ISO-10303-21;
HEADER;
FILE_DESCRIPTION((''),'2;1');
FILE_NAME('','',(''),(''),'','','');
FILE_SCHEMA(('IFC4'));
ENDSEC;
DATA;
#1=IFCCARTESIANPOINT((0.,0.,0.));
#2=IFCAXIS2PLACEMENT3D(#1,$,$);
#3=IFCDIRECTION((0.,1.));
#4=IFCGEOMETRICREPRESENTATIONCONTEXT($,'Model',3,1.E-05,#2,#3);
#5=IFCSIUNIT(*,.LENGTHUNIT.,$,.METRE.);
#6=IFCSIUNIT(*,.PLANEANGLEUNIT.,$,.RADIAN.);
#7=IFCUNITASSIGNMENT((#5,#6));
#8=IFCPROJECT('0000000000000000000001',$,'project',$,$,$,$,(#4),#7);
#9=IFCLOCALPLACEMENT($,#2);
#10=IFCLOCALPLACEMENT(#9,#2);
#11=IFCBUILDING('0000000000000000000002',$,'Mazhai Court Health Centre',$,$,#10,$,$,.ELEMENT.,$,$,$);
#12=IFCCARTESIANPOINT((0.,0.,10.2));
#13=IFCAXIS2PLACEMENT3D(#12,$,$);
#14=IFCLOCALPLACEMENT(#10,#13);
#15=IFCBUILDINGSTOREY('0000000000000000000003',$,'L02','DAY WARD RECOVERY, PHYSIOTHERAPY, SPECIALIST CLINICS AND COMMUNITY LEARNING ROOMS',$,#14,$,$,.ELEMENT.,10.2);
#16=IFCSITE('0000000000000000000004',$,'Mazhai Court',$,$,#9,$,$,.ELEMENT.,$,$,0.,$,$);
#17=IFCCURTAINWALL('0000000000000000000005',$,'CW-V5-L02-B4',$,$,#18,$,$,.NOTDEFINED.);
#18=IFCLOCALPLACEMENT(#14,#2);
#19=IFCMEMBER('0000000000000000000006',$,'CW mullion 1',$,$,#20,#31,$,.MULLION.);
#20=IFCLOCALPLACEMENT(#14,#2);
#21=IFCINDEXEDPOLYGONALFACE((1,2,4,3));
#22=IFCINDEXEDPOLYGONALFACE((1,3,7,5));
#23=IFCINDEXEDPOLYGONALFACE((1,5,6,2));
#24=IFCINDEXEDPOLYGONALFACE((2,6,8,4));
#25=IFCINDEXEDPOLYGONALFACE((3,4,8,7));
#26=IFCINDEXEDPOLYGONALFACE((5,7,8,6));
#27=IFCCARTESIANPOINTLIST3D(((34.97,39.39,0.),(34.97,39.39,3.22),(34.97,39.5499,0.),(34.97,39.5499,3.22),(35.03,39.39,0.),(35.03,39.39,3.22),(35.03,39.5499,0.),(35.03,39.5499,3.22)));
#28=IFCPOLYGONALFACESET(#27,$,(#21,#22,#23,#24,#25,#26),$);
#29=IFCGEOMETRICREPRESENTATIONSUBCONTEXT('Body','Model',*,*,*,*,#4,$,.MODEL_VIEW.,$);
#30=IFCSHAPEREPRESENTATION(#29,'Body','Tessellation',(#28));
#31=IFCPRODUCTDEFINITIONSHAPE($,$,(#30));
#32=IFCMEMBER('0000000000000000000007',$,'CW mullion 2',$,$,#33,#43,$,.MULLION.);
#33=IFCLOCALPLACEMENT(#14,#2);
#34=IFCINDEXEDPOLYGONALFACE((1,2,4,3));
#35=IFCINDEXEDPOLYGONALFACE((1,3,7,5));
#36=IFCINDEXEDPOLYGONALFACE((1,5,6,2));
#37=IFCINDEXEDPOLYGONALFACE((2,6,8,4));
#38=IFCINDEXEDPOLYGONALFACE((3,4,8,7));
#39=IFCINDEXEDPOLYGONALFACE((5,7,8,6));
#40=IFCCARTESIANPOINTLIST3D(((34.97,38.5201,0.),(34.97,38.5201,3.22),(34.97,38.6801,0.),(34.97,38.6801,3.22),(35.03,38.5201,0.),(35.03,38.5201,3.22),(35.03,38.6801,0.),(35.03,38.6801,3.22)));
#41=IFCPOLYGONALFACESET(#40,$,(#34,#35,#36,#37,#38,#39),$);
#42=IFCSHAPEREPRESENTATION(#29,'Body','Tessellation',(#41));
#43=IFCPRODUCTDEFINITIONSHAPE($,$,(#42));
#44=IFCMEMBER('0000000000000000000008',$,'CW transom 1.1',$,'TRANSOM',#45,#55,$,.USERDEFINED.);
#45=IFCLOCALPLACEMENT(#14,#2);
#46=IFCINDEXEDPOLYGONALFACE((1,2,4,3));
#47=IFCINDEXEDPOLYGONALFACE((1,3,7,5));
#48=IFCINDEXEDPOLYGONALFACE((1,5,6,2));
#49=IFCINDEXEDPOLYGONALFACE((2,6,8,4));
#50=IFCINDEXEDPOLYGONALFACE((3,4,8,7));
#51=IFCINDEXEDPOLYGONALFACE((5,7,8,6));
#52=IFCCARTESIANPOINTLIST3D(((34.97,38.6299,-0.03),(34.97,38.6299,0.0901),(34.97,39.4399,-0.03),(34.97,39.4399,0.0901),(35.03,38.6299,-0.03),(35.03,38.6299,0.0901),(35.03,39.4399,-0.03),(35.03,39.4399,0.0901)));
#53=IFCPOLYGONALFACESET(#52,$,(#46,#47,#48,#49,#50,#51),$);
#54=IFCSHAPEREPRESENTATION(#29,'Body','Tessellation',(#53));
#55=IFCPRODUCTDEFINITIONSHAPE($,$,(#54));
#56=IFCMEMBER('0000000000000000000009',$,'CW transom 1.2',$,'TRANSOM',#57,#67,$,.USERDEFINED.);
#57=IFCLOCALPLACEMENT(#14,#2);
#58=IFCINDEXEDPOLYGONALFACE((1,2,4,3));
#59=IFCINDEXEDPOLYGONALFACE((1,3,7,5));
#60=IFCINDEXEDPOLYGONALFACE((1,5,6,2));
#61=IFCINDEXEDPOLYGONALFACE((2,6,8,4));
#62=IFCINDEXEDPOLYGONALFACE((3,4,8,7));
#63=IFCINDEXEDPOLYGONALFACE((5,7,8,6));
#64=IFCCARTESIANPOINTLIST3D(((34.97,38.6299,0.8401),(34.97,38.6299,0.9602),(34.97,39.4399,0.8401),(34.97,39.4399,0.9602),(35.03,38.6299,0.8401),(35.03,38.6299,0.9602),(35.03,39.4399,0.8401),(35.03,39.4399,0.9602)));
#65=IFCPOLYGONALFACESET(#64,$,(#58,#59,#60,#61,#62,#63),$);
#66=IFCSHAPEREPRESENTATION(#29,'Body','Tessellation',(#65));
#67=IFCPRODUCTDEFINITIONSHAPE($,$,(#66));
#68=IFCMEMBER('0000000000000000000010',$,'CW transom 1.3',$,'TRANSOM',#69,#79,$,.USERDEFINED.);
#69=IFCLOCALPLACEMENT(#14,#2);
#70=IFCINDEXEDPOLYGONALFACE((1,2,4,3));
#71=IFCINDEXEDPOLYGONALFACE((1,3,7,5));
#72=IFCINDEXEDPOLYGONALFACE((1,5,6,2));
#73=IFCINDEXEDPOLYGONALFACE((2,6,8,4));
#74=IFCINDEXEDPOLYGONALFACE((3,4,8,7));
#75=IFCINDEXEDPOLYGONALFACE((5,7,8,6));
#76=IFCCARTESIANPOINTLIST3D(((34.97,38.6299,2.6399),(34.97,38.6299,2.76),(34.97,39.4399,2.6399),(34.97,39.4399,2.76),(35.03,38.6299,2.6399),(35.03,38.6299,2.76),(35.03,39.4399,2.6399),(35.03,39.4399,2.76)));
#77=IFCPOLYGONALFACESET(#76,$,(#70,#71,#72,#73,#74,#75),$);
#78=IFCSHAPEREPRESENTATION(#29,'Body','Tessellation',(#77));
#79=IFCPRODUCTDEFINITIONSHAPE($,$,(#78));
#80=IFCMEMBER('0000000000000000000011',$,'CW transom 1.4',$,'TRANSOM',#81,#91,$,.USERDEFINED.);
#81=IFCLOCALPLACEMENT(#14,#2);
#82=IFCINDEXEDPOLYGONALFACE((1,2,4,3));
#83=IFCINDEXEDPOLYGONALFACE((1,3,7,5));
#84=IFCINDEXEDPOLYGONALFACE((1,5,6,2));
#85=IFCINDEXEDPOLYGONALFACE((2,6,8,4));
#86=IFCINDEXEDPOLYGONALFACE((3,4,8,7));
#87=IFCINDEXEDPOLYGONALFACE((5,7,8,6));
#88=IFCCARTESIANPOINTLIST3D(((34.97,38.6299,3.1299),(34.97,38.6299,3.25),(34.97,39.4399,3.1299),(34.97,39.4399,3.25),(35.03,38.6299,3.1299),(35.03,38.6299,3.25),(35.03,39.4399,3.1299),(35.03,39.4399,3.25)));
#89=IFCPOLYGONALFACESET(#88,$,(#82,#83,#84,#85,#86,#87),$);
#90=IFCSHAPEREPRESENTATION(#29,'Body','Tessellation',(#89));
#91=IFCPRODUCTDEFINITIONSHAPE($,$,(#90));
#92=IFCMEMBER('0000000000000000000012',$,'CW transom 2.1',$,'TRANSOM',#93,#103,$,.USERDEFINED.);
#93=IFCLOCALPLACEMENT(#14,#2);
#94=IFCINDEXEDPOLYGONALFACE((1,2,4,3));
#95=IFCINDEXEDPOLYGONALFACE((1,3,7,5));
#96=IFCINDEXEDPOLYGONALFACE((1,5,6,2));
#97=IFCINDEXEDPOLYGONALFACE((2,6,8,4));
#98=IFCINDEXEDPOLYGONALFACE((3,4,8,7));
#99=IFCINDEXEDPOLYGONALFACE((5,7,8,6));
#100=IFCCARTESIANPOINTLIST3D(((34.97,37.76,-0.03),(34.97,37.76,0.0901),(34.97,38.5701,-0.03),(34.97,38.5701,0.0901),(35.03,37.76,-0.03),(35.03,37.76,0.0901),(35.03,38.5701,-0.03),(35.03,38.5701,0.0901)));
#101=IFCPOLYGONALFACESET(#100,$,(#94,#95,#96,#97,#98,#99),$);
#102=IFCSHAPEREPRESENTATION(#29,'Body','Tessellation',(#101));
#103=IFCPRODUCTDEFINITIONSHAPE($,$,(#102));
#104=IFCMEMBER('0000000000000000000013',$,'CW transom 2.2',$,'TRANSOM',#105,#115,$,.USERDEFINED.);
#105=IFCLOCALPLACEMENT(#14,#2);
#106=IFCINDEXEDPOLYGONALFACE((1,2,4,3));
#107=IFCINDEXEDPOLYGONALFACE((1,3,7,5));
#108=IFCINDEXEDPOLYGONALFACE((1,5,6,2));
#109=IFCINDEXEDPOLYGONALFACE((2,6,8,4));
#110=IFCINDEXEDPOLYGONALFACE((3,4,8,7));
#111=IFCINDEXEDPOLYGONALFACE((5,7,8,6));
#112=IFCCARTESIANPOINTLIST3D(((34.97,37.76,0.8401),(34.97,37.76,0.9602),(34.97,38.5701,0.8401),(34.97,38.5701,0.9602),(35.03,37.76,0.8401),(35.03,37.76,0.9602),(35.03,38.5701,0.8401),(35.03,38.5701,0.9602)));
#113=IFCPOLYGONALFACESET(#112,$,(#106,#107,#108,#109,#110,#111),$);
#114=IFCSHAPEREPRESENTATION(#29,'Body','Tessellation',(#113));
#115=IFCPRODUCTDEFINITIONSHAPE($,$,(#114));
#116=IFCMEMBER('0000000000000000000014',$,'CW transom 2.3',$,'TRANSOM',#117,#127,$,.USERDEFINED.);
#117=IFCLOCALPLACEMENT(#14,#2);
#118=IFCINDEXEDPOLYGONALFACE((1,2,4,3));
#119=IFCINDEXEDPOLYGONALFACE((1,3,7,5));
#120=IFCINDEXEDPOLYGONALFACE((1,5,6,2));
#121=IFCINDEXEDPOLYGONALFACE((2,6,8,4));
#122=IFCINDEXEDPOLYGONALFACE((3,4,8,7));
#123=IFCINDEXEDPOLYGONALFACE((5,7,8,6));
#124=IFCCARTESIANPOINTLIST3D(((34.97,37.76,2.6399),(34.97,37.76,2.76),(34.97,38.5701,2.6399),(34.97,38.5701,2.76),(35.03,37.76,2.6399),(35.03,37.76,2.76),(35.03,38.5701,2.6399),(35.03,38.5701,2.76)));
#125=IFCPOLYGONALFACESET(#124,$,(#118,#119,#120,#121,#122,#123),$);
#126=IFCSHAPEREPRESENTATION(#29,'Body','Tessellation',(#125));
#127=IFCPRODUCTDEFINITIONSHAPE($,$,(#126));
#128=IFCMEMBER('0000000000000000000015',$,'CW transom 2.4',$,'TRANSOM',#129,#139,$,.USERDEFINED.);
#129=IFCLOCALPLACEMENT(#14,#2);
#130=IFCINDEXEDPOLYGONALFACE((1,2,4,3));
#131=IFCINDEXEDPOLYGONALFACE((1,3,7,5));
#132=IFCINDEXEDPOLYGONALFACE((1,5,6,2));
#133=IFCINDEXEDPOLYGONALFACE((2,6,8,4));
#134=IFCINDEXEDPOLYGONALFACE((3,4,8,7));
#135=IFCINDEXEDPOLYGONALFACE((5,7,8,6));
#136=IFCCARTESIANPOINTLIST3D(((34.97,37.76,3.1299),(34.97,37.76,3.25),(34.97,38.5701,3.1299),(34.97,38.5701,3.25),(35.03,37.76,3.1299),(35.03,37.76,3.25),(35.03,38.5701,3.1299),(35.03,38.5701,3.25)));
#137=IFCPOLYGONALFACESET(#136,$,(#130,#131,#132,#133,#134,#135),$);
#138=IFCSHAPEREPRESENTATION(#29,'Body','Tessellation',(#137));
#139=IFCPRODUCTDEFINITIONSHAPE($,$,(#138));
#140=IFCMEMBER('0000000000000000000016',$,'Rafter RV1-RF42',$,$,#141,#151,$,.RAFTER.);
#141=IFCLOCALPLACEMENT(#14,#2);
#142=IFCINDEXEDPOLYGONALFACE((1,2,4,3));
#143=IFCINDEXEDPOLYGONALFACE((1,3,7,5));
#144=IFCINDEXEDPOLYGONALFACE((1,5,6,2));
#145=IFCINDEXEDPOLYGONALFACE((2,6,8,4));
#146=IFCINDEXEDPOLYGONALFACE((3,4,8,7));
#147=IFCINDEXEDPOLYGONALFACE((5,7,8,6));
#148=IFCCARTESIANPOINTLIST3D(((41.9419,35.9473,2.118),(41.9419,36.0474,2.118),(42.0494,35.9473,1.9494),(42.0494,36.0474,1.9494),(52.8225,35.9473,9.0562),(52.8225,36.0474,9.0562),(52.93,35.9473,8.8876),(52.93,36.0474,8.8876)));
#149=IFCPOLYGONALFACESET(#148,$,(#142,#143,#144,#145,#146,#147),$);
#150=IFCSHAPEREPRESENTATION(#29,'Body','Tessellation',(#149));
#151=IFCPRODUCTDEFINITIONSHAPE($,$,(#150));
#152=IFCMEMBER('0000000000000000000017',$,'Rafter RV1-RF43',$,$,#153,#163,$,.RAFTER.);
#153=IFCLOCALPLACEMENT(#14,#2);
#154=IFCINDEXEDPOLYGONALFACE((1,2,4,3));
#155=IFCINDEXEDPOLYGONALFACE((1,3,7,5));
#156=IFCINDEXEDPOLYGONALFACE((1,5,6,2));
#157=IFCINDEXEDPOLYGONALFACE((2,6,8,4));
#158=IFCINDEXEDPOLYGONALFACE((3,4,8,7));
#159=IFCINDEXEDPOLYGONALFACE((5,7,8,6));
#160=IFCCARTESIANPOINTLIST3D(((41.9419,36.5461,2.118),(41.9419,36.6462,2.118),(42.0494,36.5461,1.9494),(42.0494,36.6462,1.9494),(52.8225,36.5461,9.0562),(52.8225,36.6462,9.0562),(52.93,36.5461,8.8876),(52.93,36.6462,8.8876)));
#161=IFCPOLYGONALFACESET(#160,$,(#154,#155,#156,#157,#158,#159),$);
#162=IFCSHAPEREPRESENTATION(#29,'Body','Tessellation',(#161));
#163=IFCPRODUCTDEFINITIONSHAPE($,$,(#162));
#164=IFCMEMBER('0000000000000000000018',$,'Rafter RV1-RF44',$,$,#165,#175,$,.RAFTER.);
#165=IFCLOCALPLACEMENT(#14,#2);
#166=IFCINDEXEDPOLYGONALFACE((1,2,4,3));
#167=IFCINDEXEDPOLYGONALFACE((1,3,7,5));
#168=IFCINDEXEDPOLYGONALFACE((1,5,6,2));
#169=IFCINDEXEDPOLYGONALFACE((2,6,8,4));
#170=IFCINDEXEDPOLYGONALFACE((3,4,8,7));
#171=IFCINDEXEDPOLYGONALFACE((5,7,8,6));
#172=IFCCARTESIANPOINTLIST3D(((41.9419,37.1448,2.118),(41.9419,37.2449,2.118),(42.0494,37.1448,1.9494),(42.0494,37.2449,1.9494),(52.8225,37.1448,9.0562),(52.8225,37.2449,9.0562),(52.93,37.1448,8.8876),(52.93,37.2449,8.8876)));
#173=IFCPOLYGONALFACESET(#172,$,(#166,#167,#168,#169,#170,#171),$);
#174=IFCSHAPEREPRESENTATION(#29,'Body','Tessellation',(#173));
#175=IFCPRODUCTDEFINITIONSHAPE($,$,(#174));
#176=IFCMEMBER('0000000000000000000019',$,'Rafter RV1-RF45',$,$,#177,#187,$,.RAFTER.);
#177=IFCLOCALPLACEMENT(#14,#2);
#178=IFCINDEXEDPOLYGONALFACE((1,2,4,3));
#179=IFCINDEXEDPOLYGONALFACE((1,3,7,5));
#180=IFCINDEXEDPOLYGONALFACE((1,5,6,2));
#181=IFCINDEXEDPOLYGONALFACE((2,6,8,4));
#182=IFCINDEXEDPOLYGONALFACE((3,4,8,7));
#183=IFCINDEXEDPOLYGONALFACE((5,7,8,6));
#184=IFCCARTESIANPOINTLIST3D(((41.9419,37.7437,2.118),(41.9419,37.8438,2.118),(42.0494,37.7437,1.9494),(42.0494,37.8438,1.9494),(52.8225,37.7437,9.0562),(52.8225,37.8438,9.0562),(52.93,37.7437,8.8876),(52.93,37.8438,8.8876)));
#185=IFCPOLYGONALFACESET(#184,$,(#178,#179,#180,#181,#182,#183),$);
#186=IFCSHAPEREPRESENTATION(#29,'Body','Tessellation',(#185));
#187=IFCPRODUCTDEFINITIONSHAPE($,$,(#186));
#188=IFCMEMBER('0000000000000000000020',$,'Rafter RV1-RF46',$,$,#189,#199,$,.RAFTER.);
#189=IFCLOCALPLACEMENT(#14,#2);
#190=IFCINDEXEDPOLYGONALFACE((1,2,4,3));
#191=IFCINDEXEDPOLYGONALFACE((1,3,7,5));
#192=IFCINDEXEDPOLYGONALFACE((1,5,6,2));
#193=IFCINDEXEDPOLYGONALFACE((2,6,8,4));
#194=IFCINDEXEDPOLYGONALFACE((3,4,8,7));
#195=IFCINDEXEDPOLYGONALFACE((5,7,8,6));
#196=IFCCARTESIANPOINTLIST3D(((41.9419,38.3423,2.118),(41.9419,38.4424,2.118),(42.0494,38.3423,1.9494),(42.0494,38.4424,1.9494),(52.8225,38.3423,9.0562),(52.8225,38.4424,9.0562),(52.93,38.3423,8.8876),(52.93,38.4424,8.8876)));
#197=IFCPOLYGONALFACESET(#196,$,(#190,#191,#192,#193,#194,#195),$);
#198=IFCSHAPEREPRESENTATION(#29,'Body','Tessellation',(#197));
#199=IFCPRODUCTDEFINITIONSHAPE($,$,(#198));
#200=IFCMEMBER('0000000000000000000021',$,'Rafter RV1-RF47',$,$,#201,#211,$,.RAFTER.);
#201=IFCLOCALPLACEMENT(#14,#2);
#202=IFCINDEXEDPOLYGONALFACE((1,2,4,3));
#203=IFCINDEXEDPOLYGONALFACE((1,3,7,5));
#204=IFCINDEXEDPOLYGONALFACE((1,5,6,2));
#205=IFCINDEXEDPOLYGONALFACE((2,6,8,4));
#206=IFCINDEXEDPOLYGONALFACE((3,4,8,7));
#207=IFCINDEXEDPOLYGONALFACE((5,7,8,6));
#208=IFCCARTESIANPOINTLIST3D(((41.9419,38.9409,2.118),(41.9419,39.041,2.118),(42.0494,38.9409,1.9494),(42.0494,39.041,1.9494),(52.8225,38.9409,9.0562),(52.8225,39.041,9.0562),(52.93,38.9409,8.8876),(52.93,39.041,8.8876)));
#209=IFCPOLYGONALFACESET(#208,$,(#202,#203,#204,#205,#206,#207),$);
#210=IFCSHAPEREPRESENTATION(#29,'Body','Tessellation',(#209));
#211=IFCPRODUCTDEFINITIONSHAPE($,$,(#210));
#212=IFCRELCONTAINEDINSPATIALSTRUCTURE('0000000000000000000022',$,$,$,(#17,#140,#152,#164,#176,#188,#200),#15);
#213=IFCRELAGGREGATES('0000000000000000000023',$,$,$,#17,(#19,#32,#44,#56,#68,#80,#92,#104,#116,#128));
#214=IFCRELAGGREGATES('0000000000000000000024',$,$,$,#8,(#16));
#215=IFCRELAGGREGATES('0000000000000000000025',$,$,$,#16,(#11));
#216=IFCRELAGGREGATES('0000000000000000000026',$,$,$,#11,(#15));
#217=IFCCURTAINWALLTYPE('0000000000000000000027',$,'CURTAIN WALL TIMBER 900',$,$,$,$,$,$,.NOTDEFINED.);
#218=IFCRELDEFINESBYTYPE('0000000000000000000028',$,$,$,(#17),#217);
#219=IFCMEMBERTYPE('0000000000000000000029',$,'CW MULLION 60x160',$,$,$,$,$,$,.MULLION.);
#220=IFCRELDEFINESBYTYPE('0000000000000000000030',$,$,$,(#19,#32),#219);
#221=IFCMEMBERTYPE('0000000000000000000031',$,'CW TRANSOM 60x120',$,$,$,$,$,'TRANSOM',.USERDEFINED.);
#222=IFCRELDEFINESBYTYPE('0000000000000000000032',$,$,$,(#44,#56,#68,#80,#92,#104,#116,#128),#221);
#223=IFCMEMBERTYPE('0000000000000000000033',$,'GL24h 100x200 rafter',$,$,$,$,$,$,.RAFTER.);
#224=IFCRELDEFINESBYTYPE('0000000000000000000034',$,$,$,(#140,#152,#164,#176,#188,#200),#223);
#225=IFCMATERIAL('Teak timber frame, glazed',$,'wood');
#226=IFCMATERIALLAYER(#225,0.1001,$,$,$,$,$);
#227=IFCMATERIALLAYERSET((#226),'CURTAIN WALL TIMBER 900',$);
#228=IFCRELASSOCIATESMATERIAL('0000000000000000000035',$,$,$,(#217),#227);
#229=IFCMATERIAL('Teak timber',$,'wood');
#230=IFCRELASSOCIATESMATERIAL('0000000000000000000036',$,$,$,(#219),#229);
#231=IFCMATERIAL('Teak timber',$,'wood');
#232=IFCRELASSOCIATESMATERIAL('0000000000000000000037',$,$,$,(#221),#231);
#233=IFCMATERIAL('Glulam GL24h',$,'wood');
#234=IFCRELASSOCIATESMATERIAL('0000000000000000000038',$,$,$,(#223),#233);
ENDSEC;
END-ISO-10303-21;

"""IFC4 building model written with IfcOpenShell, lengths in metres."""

from ifc_helpers import new_model, si_unit, direction, frame, origin, origin_2d, place, context, subcontext, project, spatial, rectangle, extrude, material, layer, layer_set, material_profile, profile_set, type_object, element, aggregate, save


model = new_model("IFC4")

# Units and contexts
model_context = context("Model", 3, precision=1e-05, world=origin(), true_north=direction((0.0, 1.0)))
body_context = subcontext(model_context, "Body", "Model", "MODEL_VIEW")
ifc_project = project(units=[si_unit("LENGTHUNIT", "METRE"), si_unit("PLANEANGLEUNIT", "RADIAN")], contexts=[model_context])

# Site, building, storey
site_placement = place(None, origin())
site = spatial("IfcSite", under=ifc_project, at=site_placement, Name="Mazhai Court", CompositionType="ELEMENT", RefElevation=0.0)
building_placement = place(site_placement, origin())
building = spatial("IfcBuilding", under=site, at=building_placement, Name="Mazhai Court Health Centre", CompositionType="ELEMENT")
storey_placement = place(building_placement, frame((0.0, 0.0, 10.2)))
storey = spatial("IfcBuildingStorey", under=building, at=storey_placement, Name="L02", Description="DAY WARD RECOVERY, PHYSIOTHERAPY, SPECIALIST CLINICS AND COMMUNITY LEARNING ROOMS", CompositionType="ELEMENT", Elevation=10.2)

# Curtain wall, members
ifc_material_1 = material(Name="Teak timber frame, glazed", Category="wood")
ifc_layer_1 = layer(ifc_material_1, 0.1001)
ifc_layer_set_1 = layer_set([ifc_layer_1], Name="CURTAIN WALL TIMBER 900")
curtain_wall_type = type_object("IfcCurtainWallType", Name="CURTAIN WALL TIMBER 900", PredefinedType="NOTDEFINED", material=ifc_layer_set_1)
curtain_wall_placement = place(storey_placement, origin())
curtain_wall = element("IfcCurtainWall", 1, at=curtain_wall_placement, inside=storey, type_object=curtain_wall_type, Name="CW-V5-L02-B4", PredefinedType="NOTDEFINED")
ifc_material_2 = material(Name="Teak timber", Category="wood")
ifc_material_profile_1 = material_profile(ifc_material_2, rectangle(XDim=0.0601, YDim=0.1599, at=origin_2d()), Name="CW MULLION 60x160")
ifc_profile_set_1 = profile_set([ifc_material_profile_1], Name="Teak timber")
member_type_1 = type_object("IfcMemberType", Name="CW MULLION 60x160", PredefinedType="MULLION", material=ifc_profile_set_1)
member_1_placement = place(storey_placement, frame((35.0, 39.47, 0.0), z_axis=(0.0, 0.0, 1.0), x_axis=(1.0, 0.0, 0.0)))
member_1 = element("IfcMember", 2, at=member_1_placement, type_object=member_type_1, Name="CW mullion 1", PredefinedType="MULLION", context=body_context, shape_type="SweptSolid", body=[
    extrude(rectangle(XDim=0.0601, YDim=0.1599, at=origin_2d()), origin(), (0.0, 0.0, 1.0), 3.22),
])
member_2_placement = place(storey_placement, frame((35.0, 38.6001, 0.0), z_axis=(0.0, 0.0, 1.0), x_axis=(1.0, 0.0, 0.0)))
member_2 = element("IfcMember", 3, at=member_2_placement, type_object=member_type_1, Name="CW mullion 2", PredefinedType="MULLION", context=body_context, shape_type="SweptSolid", body=[
    extrude(rectangle(XDim=0.0601, YDim=0.1599, at=origin_2d()), origin(), (0.0, 0.0, 1.0), 3.22),
])
ifc_material_3 = material(Name="Teak timber", Category="wood")
ifc_material_profile_2 = material_profile(ifc_material_3, rectangle(XDim=0.0601, YDim=0.1201, at=origin_2d()), Name="CW TRANSOM 60x120")
ifc_profile_set_2 = profile_set([ifc_material_profile_2], Name="Teak timber")
member_type_2 = type_object("IfcMemberType", Name="CW TRANSOM 60x120", ElementType="TRANSOM", PredefinedType="USERDEFINED", material=ifc_profile_set_2)
member_3_placement = place(storey_placement, frame((35.0, 39.4399, 0.03), z_axis=(0.0, -1.0, 0.0), x_axis=(1.0, 0.0, 0.0)))
member_3 = element("IfcMember", 4, at=member_3_placement, type_object=member_type_2, Name="CW transom 1.1", ObjectType="TRANSOM", PredefinedType="USERDEFINED", context=body_context, shape_type="SweptSolid", body=[
    extrude(rectangle(XDim=0.0601, YDim=0.1201, at=origin_2d()), origin(), (0.0, 0.0, 1.0), 0.8101),
])
member_4_placement = place(storey_placement, frame((35.0, 39.4399, 0.9001), z_axis=(0.0, -1.0, 0.0), x_axis=(1.0, 0.0, 0.0)))
member_4 = element("IfcMember", 5, at=member_4_placement, type_object=member_type_2, Name="CW transom 1.2", ObjectType="TRANSOM", PredefinedType="USERDEFINED", context=body_context, shape_type="SweptSolid", body=[
    extrude(rectangle(XDim=0.0601, YDim=0.1201, at=origin_2d()), origin(), (0.0, 0.0, 1.0), 0.8101),
])
member_5_placement = place(storey_placement, frame((35.0, 39.4399, 2.7), z_axis=(0.0, -1.0, 0.0), x_axis=(1.0, 0.0, 0.0)))
member_5 = element("IfcMember", 6, at=member_5_placement, type_object=member_type_2, Name="CW transom 1.3", ObjectType="TRANSOM", PredefinedType="USERDEFINED", context=body_context, shape_type="SweptSolid", body=[
    extrude(rectangle(XDim=0.0601, YDim=0.1201, at=origin_2d()), origin(), (0.0, 0.0, 1.0), 0.8101),
])
member_6_placement = place(storey_placement, frame((35.0, 39.4399, 3.1899), z_axis=(0.0, -1.0, 0.0), x_axis=(1.0, 0.0, 0.0)))
member_6 = element("IfcMember", 7, at=member_6_placement, type_object=member_type_2, Name="CW transom 1.4", ObjectType="TRANSOM", PredefinedType="USERDEFINED", context=body_context, shape_type="SweptSolid", body=[
    extrude(rectangle(XDim=0.0601, YDim=0.1201, at=origin_2d()), origin(), (0.0, 0.0, 1.0), 0.8101),
])
member_7_placement = place(storey_placement, frame((35.0, 38.5701, 0.03), z_axis=(0.0, -1.0, 0.0), x_axis=(1.0, 0.0, 0.0)))
member_7 = element("IfcMember", 8, at=member_7_placement, type_object=member_type_2, Name="CW transom 2.1", ObjectType="TRANSOM", PredefinedType="USERDEFINED", context=body_context, shape_type="SweptSolid", body=[
    extrude(rectangle(XDim=0.0601, YDim=0.1201, at=origin_2d()), origin(), (0.0, 0.0, 1.0), 0.8101),
])
member_8_placement = place(storey_placement, frame((35.0, 38.5701, 0.9001), z_axis=(0.0, -1.0, 0.0), x_axis=(1.0, 0.0, 0.0)))
member_8 = element("IfcMember", 9, at=member_8_placement, type_object=member_type_2, Name="CW transom 2.2", ObjectType="TRANSOM", PredefinedType="USERDEFINED", context=body_context, shape_type="SweptSolid", body=[
    extrude(rectangle(XDim=0.0601, YDim=0.1201, at=origin_2d()), origin(), (0.0, 0.0, 1.0), 0.8101),
])
member_9_placement = place(storey_placement, frame((35.0, 38.5701, 2.7), z_axis=(0.0, -1.0, 0.0), x_axis=(1.0, 0.0, 0.0)))
member_9 = element("IfcMember", 10, at=member_9_placement, type_object=member_type_2, Name="CW transom 2.3", ObjectType="TRANSOM", PredefinedType="USERDEFINED", context=body_context, shape_type="SweptSolid", body=[
    extrude(rectangle(XDim=0.0601, YDim=0.1201, at=origin_2d()), origin(), (0.0, 0.0, 1.0), 0.8101),
])
member_10_placement = place(storey_placement, frame((35.0, 38.5701, 3.1899), z_axis=(0.0, -1.0, 0.0), x_axis=(1.0, 0.0, 0.0)))
member_10 = element("IfcMember", 11, at=member_10_placement, type_object=member_type_2, Name="CW transom 2.4", ObjectType="TRANSOM", PredefinedType="USERDEFINED", context=body_context, shape_type="SweptSolid", body=[
    extrude(rectangle(XDim=0.0601, YDim=0.1201, at=origin_2d()), origin(), (0.0, 0.0, 1.0), 0.8101),
])

# Members
ifc_material_4 = material(Name="Glulam GL24h", Category="wood")
ifc_material_profile_3 = material_profile(ifc_material_4, rectangle(XDim=0.1001, YDim=0.2, at=origin_2d()), Name="GL24h 100x200")
ifc_profile_set_3 = profile_set([ifc_material_profile_3], Name="Glulam GL24h")
member_type_3 = type_object("IfcMemberType", Name="GL24h 100x200 rafter", PredefinedType="RAFTER", material=ifc_profile_set_3)
for number, where, z_axis, x_axis, name in (
    (12, (41.9956, 35.9973, 2.0337), (0.843163, 0.0, 0.537659), (0.0, 1.0, 0.0), "Rafter RV1-RF42"),
    (13, (41.9956, 36.5962, 2.0337), (0.843163, 0.0, 0.537659), (0.0, 1.0, 0.0), "Rafter RV1-RF43"),
    (14, (41.9956, 37.1948, 2.0337), (0.843163, 0.0, 0.537659), (0.0, 1.0, 0.0), "Rafter RV1-RF44"),
    (15, (41.9956, 37.7937, 2.0337), (0.843163, 0.0, 0.537659), (0.0, 1.0, 0.0), "Rafter RV1-RF45"),
    (16, (41.9956, 38.3923, 2.0337), (0.843163, 0.0, 0.537659), (0.0, 1.0, 0.0), "Rafter RV1-RF46"),
    (17, (41.9956, 38.991, 2.0337), (0.843163, 0.0, 0.537659), (0.0, 1.0, 0.0), "Rafter RV1-RF47"),
):
    element("IfcMember", number, at=place(storey_placement, frame(where, z_axis=z_axis, x_axis=x_axis)), inside=storey, type_object=member_type_3, Name=name, PredefinedType="RAFTER", context=body_context, shape_type="SweptSolid", body=[
        extrude(rectangle(XDim=0.1001, YDim=0.2, at=origin_2d()), origin(), (0.0, 0.0, 1.0), 12.9045),
    ])

aggregate(curtain_wall, [member_1, member_2, member_3, member_4, member_5, member_6, member_7, member_8, member_9, member_10])

save(model, "model.ifc")
